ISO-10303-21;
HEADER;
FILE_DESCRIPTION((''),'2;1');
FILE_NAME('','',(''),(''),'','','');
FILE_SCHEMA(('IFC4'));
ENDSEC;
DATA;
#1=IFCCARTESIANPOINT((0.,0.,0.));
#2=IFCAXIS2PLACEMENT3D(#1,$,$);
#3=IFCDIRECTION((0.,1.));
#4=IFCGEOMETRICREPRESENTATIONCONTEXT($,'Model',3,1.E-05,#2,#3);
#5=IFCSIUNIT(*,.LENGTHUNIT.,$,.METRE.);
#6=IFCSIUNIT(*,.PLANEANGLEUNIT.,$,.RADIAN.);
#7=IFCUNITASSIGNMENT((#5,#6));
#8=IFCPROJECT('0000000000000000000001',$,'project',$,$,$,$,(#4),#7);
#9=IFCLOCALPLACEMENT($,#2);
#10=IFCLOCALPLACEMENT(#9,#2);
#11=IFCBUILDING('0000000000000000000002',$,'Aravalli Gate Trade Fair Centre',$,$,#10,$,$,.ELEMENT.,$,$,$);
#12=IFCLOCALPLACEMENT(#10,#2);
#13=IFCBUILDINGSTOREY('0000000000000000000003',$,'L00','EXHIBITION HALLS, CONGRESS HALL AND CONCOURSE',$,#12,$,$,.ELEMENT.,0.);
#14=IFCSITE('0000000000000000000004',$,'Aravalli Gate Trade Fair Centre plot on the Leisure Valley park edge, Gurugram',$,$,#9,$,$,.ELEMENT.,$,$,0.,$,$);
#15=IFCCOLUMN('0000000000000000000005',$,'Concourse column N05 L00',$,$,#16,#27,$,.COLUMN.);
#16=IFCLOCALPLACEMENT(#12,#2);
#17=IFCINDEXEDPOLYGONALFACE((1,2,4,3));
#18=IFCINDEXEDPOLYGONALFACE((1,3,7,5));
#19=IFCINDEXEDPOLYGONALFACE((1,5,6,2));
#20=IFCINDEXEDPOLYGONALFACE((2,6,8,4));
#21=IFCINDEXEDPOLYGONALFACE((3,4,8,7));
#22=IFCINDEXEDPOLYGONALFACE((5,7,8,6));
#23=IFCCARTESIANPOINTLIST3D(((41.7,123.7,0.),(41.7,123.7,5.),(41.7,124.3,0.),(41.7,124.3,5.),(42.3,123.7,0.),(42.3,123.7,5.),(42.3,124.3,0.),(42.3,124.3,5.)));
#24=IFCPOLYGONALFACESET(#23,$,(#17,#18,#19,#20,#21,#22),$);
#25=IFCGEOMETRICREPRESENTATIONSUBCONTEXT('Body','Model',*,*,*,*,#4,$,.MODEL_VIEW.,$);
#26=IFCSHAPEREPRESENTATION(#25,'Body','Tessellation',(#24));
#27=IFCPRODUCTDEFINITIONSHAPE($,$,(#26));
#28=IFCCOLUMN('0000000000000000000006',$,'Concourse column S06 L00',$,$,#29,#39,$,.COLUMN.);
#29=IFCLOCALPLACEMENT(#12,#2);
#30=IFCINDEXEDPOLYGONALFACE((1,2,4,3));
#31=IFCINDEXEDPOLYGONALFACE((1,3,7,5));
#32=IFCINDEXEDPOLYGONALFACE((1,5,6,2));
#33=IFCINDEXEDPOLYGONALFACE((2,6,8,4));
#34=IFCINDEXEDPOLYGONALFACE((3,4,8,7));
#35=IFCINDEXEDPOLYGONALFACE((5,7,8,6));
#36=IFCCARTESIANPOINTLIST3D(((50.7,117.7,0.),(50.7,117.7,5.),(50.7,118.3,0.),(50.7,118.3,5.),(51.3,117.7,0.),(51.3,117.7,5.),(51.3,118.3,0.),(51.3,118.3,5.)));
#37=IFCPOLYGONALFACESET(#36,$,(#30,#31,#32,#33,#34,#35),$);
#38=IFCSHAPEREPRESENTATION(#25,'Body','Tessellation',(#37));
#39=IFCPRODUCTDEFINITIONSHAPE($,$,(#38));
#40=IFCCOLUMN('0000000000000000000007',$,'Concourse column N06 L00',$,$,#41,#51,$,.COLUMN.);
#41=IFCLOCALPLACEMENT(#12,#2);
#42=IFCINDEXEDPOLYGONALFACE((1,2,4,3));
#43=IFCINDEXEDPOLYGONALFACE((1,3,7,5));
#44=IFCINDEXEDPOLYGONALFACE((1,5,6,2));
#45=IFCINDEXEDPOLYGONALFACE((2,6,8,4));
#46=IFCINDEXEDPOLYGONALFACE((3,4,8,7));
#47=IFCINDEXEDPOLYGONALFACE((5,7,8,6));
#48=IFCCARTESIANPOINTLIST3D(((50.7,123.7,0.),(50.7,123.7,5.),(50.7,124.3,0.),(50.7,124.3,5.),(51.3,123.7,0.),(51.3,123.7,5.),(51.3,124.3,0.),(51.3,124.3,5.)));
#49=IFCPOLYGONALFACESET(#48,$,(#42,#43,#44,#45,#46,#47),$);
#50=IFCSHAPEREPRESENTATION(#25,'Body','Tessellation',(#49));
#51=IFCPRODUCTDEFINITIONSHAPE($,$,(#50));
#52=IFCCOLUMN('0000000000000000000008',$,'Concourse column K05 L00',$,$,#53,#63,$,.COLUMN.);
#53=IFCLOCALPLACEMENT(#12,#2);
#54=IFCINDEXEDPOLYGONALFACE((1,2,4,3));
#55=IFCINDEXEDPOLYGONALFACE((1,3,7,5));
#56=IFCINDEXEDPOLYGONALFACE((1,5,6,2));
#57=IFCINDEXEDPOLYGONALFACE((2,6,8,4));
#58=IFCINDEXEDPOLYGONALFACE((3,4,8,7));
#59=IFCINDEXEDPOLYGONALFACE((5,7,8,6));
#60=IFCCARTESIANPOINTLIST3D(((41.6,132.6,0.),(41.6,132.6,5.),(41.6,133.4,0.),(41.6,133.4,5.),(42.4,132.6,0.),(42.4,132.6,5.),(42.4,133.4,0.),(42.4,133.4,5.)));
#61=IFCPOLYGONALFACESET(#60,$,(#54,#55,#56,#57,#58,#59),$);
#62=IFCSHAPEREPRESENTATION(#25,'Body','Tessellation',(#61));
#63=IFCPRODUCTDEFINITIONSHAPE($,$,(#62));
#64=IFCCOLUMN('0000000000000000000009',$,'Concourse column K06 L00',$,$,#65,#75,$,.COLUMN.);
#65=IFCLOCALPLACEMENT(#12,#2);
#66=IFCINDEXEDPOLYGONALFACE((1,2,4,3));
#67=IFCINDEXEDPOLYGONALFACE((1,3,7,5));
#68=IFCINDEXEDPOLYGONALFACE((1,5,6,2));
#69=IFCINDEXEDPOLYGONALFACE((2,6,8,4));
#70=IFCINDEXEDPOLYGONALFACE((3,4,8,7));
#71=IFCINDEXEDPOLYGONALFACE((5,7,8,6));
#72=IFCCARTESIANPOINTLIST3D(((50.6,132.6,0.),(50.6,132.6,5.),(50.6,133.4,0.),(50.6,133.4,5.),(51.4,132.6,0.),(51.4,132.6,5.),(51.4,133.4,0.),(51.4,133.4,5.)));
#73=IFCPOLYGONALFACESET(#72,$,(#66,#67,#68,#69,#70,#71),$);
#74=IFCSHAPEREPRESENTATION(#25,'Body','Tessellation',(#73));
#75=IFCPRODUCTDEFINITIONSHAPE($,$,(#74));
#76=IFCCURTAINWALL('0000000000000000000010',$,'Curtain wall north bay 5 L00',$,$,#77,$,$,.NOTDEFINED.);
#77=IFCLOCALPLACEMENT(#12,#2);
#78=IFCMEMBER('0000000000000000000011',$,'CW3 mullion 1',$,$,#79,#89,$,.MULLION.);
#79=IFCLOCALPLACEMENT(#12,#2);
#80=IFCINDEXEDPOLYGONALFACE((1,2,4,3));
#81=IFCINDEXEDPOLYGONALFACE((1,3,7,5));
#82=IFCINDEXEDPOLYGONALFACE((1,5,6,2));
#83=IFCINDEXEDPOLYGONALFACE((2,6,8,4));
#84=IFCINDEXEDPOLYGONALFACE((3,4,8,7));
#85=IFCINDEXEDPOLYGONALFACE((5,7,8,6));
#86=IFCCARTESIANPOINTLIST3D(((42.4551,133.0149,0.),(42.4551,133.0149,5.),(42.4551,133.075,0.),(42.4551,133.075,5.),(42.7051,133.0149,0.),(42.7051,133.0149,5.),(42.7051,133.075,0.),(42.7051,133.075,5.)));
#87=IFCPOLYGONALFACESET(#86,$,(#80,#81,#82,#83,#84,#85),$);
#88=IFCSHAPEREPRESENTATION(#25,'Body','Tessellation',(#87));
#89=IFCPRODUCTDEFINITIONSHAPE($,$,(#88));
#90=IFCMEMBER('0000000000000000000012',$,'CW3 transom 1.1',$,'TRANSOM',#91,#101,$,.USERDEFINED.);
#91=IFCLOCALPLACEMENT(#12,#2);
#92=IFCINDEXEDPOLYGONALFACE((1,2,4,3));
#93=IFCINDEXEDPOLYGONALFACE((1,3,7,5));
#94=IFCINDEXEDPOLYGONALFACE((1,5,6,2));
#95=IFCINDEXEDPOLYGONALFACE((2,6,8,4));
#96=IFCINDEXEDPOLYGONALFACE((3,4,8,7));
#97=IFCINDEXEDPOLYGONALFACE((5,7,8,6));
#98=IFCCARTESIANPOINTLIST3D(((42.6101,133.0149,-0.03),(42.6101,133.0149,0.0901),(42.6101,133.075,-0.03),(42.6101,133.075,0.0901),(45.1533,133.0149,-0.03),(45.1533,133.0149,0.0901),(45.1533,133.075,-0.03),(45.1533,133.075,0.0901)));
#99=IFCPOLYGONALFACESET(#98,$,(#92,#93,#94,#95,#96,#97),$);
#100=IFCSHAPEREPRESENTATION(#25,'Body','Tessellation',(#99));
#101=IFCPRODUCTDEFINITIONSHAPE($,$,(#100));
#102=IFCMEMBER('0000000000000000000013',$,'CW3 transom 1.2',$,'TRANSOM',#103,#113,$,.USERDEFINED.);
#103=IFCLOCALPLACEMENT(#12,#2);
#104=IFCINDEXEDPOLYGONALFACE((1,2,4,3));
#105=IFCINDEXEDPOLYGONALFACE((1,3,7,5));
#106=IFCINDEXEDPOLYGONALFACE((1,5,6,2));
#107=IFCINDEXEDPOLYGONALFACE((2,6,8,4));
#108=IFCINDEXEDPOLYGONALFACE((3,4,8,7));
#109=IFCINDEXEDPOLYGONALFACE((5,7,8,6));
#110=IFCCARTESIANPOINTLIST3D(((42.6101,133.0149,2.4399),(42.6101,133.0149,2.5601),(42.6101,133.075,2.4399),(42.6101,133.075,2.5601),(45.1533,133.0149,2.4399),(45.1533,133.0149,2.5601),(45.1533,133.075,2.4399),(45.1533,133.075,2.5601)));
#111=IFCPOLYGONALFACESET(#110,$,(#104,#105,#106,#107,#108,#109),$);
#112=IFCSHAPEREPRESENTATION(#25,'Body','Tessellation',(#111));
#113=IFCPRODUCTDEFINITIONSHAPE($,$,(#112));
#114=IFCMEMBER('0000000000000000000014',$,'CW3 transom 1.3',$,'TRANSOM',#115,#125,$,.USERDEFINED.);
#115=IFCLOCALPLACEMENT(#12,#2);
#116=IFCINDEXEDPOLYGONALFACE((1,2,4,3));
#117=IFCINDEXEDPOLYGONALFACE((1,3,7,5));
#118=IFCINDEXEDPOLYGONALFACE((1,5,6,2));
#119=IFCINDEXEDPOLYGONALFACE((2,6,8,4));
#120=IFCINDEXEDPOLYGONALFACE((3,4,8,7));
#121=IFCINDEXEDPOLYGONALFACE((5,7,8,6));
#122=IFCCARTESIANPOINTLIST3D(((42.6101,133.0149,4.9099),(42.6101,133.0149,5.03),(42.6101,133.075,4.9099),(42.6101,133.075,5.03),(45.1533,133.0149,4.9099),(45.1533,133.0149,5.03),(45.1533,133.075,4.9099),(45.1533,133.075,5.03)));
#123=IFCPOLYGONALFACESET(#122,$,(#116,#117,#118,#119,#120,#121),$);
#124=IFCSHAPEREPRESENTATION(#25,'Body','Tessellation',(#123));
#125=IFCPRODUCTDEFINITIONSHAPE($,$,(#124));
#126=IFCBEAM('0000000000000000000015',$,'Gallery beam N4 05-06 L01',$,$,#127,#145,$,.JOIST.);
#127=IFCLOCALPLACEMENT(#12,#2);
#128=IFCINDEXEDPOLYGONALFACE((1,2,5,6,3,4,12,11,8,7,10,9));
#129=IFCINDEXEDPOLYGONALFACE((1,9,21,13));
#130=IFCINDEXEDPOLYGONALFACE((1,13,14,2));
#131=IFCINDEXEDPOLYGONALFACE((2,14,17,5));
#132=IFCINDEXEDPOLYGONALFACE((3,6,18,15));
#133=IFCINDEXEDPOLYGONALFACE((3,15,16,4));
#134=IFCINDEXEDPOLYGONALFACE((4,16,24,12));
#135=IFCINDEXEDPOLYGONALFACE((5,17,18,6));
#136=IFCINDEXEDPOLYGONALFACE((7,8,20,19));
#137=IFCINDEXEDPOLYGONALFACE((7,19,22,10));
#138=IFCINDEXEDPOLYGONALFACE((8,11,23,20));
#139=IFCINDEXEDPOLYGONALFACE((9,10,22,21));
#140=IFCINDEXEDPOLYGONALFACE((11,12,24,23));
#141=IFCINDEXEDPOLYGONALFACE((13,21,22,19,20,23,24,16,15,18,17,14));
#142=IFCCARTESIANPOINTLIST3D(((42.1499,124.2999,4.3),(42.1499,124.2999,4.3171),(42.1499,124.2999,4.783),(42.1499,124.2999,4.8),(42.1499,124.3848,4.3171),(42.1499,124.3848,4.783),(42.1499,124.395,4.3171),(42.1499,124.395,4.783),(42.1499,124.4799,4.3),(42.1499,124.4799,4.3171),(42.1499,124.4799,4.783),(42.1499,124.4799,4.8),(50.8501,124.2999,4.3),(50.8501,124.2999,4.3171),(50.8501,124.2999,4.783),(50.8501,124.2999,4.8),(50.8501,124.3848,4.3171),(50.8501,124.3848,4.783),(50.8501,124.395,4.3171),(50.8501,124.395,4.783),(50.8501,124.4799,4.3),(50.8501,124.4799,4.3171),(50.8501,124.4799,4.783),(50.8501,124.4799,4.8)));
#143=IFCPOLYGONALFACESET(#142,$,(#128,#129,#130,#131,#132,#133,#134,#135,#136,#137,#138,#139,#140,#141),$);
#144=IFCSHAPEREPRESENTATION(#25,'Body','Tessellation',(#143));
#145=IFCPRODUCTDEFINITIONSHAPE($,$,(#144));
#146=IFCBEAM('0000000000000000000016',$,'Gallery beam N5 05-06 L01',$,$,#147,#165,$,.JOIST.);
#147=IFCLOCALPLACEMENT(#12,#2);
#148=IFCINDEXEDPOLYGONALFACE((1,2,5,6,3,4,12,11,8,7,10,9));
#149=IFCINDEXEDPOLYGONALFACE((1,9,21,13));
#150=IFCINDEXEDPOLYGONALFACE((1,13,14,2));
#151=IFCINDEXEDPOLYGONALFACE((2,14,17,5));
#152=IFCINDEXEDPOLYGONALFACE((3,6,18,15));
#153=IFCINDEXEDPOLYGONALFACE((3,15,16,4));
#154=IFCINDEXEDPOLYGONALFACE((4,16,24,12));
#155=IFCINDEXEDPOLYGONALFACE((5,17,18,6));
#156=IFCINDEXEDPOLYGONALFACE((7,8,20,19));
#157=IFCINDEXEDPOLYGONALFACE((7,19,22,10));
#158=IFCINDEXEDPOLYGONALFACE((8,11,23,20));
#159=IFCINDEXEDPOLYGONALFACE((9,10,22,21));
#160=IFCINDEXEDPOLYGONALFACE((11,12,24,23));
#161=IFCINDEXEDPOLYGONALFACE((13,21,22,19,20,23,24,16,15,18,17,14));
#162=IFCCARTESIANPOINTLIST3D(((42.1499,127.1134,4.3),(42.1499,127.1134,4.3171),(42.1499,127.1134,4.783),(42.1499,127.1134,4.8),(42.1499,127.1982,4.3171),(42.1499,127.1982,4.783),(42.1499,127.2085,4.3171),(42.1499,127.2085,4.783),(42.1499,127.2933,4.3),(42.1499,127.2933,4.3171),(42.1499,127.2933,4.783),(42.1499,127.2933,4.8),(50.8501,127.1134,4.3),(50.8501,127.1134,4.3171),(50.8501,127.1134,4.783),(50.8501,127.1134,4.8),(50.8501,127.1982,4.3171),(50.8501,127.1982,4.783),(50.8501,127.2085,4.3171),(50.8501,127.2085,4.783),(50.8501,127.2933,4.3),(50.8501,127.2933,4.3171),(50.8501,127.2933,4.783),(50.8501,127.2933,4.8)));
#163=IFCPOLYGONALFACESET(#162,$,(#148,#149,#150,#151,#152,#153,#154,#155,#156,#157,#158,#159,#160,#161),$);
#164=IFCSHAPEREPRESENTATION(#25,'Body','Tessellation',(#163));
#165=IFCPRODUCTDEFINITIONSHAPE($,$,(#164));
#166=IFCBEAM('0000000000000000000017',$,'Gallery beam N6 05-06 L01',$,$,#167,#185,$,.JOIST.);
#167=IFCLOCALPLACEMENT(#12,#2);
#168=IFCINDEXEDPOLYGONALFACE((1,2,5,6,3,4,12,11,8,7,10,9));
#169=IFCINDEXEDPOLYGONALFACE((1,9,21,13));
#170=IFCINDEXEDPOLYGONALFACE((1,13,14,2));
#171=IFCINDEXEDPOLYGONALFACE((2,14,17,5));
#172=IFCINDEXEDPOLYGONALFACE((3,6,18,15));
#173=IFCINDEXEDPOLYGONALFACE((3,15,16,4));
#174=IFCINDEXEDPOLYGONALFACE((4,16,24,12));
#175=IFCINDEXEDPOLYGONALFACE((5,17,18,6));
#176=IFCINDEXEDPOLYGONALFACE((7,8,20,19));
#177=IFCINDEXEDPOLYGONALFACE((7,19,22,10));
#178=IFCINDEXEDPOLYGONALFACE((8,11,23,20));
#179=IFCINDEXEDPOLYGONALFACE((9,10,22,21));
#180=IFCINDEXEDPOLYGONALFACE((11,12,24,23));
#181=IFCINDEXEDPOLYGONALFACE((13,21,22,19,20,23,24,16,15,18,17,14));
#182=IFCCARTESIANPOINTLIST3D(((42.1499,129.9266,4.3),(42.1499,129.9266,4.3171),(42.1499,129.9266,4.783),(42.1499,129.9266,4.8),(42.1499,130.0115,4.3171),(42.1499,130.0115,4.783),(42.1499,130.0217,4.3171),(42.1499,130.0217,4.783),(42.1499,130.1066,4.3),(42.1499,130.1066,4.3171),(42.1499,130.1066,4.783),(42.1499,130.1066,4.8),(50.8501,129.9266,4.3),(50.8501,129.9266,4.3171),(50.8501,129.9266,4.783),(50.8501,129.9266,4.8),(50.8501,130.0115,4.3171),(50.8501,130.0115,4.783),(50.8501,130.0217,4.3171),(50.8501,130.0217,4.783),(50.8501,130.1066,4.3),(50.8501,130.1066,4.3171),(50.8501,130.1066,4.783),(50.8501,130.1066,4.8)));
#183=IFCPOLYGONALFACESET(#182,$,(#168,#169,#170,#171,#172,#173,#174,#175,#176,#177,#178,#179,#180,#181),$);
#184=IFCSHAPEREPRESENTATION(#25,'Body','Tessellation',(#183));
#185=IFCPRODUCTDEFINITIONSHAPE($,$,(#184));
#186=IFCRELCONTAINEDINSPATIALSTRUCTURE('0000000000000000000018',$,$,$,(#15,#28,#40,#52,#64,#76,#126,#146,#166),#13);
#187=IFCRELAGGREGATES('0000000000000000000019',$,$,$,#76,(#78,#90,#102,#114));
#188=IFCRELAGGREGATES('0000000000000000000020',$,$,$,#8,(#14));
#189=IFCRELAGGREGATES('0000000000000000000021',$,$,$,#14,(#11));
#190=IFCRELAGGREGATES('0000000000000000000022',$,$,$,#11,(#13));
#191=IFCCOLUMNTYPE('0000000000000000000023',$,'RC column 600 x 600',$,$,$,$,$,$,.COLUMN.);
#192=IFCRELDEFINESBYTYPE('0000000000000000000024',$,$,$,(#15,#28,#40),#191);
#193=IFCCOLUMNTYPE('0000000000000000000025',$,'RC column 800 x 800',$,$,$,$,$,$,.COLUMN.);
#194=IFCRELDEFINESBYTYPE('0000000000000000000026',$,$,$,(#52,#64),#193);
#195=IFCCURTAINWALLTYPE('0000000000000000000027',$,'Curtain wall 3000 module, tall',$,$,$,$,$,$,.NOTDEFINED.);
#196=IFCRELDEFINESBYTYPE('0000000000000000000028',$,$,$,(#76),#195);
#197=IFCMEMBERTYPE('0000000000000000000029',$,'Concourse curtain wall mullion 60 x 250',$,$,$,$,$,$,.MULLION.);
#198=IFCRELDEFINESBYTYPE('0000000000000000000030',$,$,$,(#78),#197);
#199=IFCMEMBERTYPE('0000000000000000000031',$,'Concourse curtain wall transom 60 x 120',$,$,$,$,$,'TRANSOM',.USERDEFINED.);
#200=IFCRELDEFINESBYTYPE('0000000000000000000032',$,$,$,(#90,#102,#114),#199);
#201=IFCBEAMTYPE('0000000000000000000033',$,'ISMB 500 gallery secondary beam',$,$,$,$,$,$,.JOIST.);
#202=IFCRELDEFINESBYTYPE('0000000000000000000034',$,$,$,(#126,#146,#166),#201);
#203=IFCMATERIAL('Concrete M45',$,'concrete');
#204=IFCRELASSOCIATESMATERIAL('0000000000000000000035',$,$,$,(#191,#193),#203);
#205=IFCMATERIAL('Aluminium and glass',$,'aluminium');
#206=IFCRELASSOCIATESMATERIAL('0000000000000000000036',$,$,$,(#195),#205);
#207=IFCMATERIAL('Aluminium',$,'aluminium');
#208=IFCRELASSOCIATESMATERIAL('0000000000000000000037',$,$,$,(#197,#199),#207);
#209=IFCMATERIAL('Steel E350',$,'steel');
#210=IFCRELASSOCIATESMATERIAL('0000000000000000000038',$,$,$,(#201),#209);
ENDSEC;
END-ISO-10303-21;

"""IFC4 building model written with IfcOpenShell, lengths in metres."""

from ifc_helpers import new_model, si_unit, direction, frame, origin, origin_2d, place, context, subcontext, project, spatial, rectangle, i_section, extrude, material, material_profile, profile_set, type_object, element, aggregate, save


model = new_model("IFC4")

# Units and contexts
model_context = context("Model", 3, precision=1e-05, world=origin(), true_north=direction((0.0, 1.0)))
body_context = subcontext(model_context, "Body", "Model", "MODEL_VIEW")
ifc_project = project(units=[si_unit("LENGTHUNIT", "METRE"), si_unit("PLANEANGLEUNIT", "RADIAN")], contexts=[model_context])

# Site, building, storey
site_placement = place(None, origin())
site = spatial("IfcSite", under=ifc_project, at=site_placement, Name="Aravalli Gate Trade Fair Centre plot on the Leisure Valley park edge, Gurugram", CompositionType="ELEMENT", RefElevation=0.0)
building_placement = place(site_placement, origin())
building = spatial("IfcBuilding", under=site, at=building_placement, Name="Aravalli Gate Trade Fair Centre", CompositionType="ELEMENT")
storey_placement = place(building_placement, origin())
storey = spatial("IfcBuildingStorey", under=building, at=storey_placement, Name="L00", Description="EXHIBITION HALLS, CONGRESS HALL AND CONCOURSE", CompositionType="ELEMENT", Elevation=0.0)

# Columns
ifc_material_1 = material(Name="Concrete M45", Category="concrete")
ifc_material_profile_1 = material_profile(ifc_material_1, rectangle(XDim=0.6001, YDim=0.6001, at=origin_2d()), Name="RC column 600 x 600")
ifc_profile_set_1 = profile_set([ifc_material_profile_1], Name="Concrete M45")
column_type_1 = type_object("IfcColumnType", Name="RC column 600 x 600", PredefinedType="COLUMN", material=ifc_profile_set_1)
for number, where, z_axis, x_axis, name in (
    (1, (42.0, 124.0, 0.0), (0.0, 0.0, 1.0), (1.0, 0.0, 0.0), "Concourse column N05 L00"),
    (2, (51.0, 118.0, 0.0), (0.0, 0.0, 1.0), (1.0, 0.0, 0.0), "Concourse column S06 L00"),
    (3, (51.0, 124.0, 0.0), (0.0, 0.0, 1.0), (1.0, 0.0, 0.0), "Concourse column N06 L00"),
):
    element("IfcColumn", number, at=place(storey_placement, frame(where, z_axis=z_axis, x_axis=x_axis)), inside=storey, type_object=column_type_1, Name=name, PredefinedType="COLUMN", context=body_context, shape_type="SweptSolid", body=[
        extrude(rectangle(XDim=0.6001, YDim=0.6001, at=origin_2d()), origin(), (0.0, 0.0, 1.0), 5.0),
    ])
ifc_material_profile_2 = material_profile(ifc_material_1, rectangle(XDim=0.8, YDim=0.8, at=origin_2d()), Name="RC column 800 x 800")
ifc_profile_set_2 = profile_set([ifc_material_profile_2], Name="Concrete M45")
column_type_2 = type_object("IfcColumnType", Name="RC column 800 x 800", PredefinedType="COLUMN", material=ifc_profile_set_2)
for number, where, z_axis, x_axis, name in (
    (4, (42.0, 133.0, 0.0), (0.0, 0.0, 1.0), (1.0, 0.0, 0.0), "Concourse column K05 L00"),
    (5, (51.0, 133.0, 0.0), (0.0, 0.0, 1.0), (1.0, 0.0, 0.0), "Concourse column K06 L00"),
):
    element("IfcColumn", number, at=place(storey_placement, frame(where, z_axis=z_axis, x_axis=x_axis)), inside=storey, type_object=column_type_2, Name=name, PredefinedType="COLUMN", context=body_context, shape_type="SweptSolid", body=[
        extrude(rectangle(XDim=0.8, YDim=0.8, at=origin_2d()), origin(), (0.0, 0.0, 1.0), 5.0),
    ])

# Curtain wall, members
ifc_material_2 = material(Name="Aluminium and glass", Category="aluminium")
curtain_wall_type = type_object("IfcCurtainWallType", Name="Curtain wall 3000 module, tall", PredefinedType="NOTDEFINED", material=ifc_material_2)
curtain_wall_placement = place(storey_placement, origin())
curtain_wall = element("IfcCurtainWall", 6, at=curtain_wall_placement, inside=storey, type_object=curtain_wall_type, Name="Curtain wall north bay 5 L00", PredefinedType="NOTDEFINED")
ifc_material_3 = material(Name="Aluminium", Category="aluminium")
ifc_material_profile_3 = material_profile(ifc_material_3, rectangle(XDim=0.0601, YDim=0.25, at=origin_2d()), Name="Concourse curtain wall mullion 60 x 250")
ifc_profile_set_3 = profile_set([ifc_material_profile_3], Name="Aluminium")
member_type_1 = type_object("IfcMemberType", Name="Concourse curtain wall mullion 60 x 250", PredefinedType="MULLION", material=ifc_profile_set_3)
member_1_placement = place(storey_placement, frame((42.5801, 133.0449, 0.0), z_axis=(0.0, 0.0, 1.0), x_axis=(0.0, 1.0, 0.0)))
member_1 = element("IfcMember", 7, at=member_1_placement, type_object=member_type_1, Name="CW3 mullion 1", PredefinedType="MULLION", context=body_context, shape_type="SweptSolid", body=[
    extrude(rectangle(XDim=0.0601, YDim=0.25, at=origin_2d()), origin(), (0.0, 0.0, 1.0), 5.0),
])
ifc_material_profile_4 = material_profile(ifc_material_3, rectangle(XDim=0.0601, YDim=0.1201, at=origin_2d()), Name="Concourse curtain wall transom 60 x 120")
ifc_profile_set_4 = profile_set([ifc_material_profile_4], Name="Aluminium")
member_type_2 = type_object("IfcMemberType", Name="Concourse curtain wall transom 60 x 120", ElementType="TRANSOM", PredefinedType="USERDEFINED", material=ifc_profile_set_4)
member_2_placement = place(storey_placement, frame((42.6101, 133.0449, 0.03), z_axis=(1.0, 0.0, 0.0), x_axis=(0.0, 1.0, 0.0)))
member_2 = element("IfcMember", 8, at=member_2_placement, type_object=member_type_2, Name="CW3 transom 1.1", ObjectType="TRANSOM", PredefinedType="USERDEFINED", context=body_context, shape_type="SweptSolid", body=[
    extrude(rectangle(XDim=0.0601, YDim=0.1201, at=origin_2d()), origin(), (0.0, 0.0, 1.0), 2.5432),
])
member_3_placement = place(storey_placement, frame((42.6101, 133.0449, 2.5), z_axis=(1.0, 0.0, 0.0), x_axis=(0.0, 1.0, 0.0)))
member_3 = element("IfcMember", 9, at=member_3_placement, type_object=member_type_2, Name="CW3 transom 1.2", ObjectType="TRANSOM", PredefinedType="USERDEFINED", context=body_context, shape_type="SweptSolid", body=[
    extrude(rectangle(XDim=0.0601, YDim=0.1201, at=origin_2d()), origin(), (0.0, 0.0, 1.0), 2.5432),
])
member_4_placement = place(storey_placement, frame((42.6101, 133.0449, 4.97), z_axis=(1.0, 0.0, 0.0), x_axis=(0.0, 1.0, 0.0)))
member_4 = element("IfcMember", 10, at=member_4_placement, type_object=member_type_2, Name="CW3 transom 1.3", ObjectType="TRANSOM", PredefinedType="USERDEFINED", context=body_context, shape_type="SweptSolid", body=[
    extrude(rectangle(XDim=0.0601, YDim=0.1201, at=origin_2d()), origin(), (0.0, 0.0, 1.0), 2.5432),
])
aggregate(curtain_wall, [member_1, member_2, member_3, member_4])

# Beams
ifc_material_4 = material(Name="Steel E350", Category="steel")
ifc_material_profile_5 = material_profile(ifc_material_4, i_section(OverallWidth=0.1799, OverallDepth=0.5, WebThickness=0.0103, FlangeThickness=0.0171, at=origin_2d()), Name="ISMB 500")
ifc_profile_set_5 = profile_set([ifc_material_profile_5], Name="Steel E350")
beam_type_1 = type_object("IfcBeamType", Name="ISMB 500 gallery secondary beam", PredefinedType="JOIST", material=ifc_profile_set_5)
for number, where, z_axis, x_axis, name in (
    (11, (42.1499, 124.3899, 4.55), (1.0, 0.0, 0.0), (0.0, 1.0, 0.0), "Gallery beam N4 05-06 L01"),
    (12, (42.1499, 127.2034, 4.55), (1.0, 0.0, 0.0), (0.0, 1.0, 0.0), "Gallery beam N5 05-06 L01"),
    (13, (42.1499, 130.0166, 4.55), (1.0, 0.0, 0.0), (0.0, 1.0, 0.0), "Gallery beam N6 05-06 L01"),
):
    element("IfcBeam", number, at=place(storey_placement, frame(where, z_axis=z_axis, x_axis=x_axis)), inside=storey, type_object=beam_type_1, Name=name, PredefinedType="JOIST", context=body_context, shape_type="SweptSolid", body=[
        extrude(i_section(OverallWidth=0.1799, OverallDepth=0.5, WebThickness=0.0103, FlangeThickness=0.0171, at=origin_2d()), origin(), (0.0, 0.0, 1.0), 8.7002),
    ])

save(model, "model.ifc")
